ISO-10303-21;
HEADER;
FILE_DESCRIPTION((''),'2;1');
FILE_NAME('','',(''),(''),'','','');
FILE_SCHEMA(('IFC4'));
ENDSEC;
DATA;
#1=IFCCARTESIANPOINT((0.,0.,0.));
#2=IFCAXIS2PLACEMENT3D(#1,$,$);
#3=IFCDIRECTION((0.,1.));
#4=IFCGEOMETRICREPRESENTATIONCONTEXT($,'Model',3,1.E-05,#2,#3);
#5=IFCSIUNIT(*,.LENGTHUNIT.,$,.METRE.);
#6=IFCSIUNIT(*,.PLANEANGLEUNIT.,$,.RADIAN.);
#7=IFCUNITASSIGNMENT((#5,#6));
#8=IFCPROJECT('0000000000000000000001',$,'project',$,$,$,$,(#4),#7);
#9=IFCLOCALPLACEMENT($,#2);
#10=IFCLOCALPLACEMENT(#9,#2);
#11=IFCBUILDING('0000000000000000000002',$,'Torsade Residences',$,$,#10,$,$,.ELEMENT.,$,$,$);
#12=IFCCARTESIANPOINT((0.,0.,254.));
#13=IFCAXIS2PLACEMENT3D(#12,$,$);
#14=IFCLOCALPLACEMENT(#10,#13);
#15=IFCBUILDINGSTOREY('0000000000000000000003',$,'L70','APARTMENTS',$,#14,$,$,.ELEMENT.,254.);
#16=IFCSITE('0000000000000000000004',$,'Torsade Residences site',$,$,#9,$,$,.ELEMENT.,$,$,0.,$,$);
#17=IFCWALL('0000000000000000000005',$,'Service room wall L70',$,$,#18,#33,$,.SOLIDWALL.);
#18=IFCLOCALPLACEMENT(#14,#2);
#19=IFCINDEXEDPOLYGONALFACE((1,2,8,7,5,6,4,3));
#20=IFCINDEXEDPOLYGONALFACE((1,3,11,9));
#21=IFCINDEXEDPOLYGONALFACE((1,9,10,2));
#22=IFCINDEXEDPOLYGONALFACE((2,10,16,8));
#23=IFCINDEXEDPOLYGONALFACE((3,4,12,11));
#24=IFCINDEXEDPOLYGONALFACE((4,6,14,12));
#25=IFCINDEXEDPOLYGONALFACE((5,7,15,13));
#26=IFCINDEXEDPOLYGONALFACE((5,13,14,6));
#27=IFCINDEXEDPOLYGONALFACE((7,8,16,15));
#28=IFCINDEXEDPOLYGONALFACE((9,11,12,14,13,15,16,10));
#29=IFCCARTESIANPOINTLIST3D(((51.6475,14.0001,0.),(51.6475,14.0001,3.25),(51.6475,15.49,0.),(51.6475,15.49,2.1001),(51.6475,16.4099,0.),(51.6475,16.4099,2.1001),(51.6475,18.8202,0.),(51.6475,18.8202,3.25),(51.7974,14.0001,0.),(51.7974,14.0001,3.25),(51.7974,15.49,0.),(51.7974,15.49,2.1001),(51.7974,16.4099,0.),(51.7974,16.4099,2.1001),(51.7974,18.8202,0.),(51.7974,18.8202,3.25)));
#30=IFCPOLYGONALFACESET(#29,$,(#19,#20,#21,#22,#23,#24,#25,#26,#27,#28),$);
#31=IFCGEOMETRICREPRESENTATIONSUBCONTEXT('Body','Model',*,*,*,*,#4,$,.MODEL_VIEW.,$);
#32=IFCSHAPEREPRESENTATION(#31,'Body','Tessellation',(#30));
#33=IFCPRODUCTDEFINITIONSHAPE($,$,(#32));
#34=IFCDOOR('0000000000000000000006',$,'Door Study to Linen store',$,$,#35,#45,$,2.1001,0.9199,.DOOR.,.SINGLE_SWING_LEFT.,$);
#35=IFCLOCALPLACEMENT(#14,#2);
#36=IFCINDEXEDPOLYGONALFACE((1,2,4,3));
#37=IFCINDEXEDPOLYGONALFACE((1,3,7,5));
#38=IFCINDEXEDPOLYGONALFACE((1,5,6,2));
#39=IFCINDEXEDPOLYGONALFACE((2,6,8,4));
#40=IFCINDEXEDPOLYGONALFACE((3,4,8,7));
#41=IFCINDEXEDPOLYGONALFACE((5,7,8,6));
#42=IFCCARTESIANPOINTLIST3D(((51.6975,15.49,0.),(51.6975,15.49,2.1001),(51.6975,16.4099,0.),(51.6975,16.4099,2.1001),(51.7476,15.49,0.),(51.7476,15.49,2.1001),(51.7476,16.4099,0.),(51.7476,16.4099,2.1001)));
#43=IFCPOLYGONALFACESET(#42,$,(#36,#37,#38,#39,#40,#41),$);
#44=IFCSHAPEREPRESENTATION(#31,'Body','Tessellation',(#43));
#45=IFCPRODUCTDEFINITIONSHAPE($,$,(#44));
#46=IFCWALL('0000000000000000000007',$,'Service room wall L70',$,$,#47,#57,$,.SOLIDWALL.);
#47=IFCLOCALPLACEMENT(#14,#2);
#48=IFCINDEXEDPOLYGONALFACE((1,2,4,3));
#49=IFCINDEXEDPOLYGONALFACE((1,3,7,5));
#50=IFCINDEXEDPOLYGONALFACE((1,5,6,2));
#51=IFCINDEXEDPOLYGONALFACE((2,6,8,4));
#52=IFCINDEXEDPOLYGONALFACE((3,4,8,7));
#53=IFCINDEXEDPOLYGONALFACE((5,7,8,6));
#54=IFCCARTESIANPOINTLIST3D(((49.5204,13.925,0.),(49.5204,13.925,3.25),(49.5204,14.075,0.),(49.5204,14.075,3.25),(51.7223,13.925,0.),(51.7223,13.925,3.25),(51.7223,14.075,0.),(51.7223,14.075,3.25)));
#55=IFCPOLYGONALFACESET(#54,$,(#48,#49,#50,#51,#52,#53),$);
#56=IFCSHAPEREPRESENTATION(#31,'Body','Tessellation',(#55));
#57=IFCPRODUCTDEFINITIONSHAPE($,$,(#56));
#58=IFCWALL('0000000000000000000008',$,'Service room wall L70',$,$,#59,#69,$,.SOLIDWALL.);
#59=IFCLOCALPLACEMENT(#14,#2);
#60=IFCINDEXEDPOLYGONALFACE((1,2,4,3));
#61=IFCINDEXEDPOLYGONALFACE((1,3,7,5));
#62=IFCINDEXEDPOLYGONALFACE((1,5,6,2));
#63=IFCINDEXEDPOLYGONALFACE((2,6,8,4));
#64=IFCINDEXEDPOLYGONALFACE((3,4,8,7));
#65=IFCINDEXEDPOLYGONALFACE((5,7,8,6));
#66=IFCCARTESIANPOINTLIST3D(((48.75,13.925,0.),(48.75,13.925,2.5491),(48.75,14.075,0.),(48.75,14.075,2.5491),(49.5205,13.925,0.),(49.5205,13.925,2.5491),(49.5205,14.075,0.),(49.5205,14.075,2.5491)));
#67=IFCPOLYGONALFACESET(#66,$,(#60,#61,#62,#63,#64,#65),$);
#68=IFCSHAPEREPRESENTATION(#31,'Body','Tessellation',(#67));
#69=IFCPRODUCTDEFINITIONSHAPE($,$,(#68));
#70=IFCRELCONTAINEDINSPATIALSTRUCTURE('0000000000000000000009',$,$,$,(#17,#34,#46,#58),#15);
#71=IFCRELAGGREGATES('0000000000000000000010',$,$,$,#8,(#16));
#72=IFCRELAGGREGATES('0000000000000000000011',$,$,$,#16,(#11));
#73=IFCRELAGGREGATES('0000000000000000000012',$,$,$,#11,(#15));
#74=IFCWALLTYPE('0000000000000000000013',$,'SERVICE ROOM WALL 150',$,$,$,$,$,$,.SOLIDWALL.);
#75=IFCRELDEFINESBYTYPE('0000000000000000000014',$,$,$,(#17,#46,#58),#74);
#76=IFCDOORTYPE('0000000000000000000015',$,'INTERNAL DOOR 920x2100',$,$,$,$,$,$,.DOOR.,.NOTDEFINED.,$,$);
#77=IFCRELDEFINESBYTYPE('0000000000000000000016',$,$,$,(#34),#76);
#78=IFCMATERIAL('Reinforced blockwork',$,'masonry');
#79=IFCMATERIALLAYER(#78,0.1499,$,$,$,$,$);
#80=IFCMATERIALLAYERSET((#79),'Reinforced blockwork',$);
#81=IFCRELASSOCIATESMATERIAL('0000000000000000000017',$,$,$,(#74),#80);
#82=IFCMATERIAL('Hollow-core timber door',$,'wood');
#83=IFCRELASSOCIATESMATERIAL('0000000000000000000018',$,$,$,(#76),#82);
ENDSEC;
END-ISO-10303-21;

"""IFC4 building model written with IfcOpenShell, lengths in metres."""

from ifc_helpers import new_model, si_unit, direction, frame, frame_2d, origin, place, context, subcontext, project, spatial, rectangle, extrude, material, layer, layer_set, type_object, element, fill, save


model = new_model("IFC4")

# Units and contexts
model_context = context("Model", 3, precision=1e-05, world=origin(), true_north=direction((0.0, 1.0)))
body_context = subcontext(model_context, "Body", "Model", "MODEL_VIEW")
ifc_project = project(units=[si_unit("LENGTHUNIT", "METRE"), si_unit("PLANEANGLEUNIT", "RADIAN")], contexts=[model_context])

# Site, building, storey
site_placement = place(None, origin())
site = spatial("IfcSite", under=ifc_project, at=site_placement, Name="Torsade Residences site", CompositionType="ELEMENT", RefElevation=0.0)
building_placement = place(site_placement, origin())
building = spatial("IfcBuilding", under=site, at=building_placement, Name="Torsade Residences", CompositionType="ELEMENT")
storey_placement = place(building_placement, frame((0.0, 0.0, 254.0)))
storey = spatial("IfcBuildingStorey", under=building, at=storey_placement, Name="L70", Description="APARTMENTS", CompositionType="ELEMENT", Elevation=254.0)

# Wall, opening, door
ifc_material_1 = material(Name="Reinforced blockwork", Category="masonry")
ifc_layer_1 = layer(ifc_material_1, 0.1499)
ifc_layer_set_1 = layer_set([ifc_layer_1], Name="Reinforced blockwork")
wall_type_1 = type_object("IfcWallType", Name="SERVICE ROOM WALL 150", PredefinedType="SOLIDWALL", material=ifc_layer_set_1)
wall_1_placement = place(storey_placement, frame((51.7224, 14.0, 0.0), z_axis=(0.0, 0.0, 1.0), x_axis=(0.0, 1.0, 0.0)))
wall_1 = element("IfcWall", 1, at=wall_1_placement, inside=storey, type_object=wall_type_1, Name="Service room wall L70", PredefinedType="SOLIDWALL", context=body_context, shape_type="SweptSolid", body=[
    extrude(rectangle(XDim=4.8201, YDim=0.1499, at=frame_2d((2.4102, 0.0))), origin(), (0.0, 0.0, 1.0), 3.25),
])
opening_1_placement = place(wall_1_placement, frame((1.49, 0.0, 0.0)))
opening_1 = element("IfcOpeningElement", 2, at=opening_1_placement, cuts=wall_1, PredefinedType="OPENING", context=body_context, shape_type="SweptSolid", body=[
    extrude(rectangle(XDim=0.9199, YDim=2.1001, at=frame_2d((0.46, 1.05))), frame((0.0, 0.085, 0.0), z_axis=(0.0, -1.0, 0.0), x_axis=(1.0, 0.0, 0.0)), (0.0, 0.0, 1.0), 0.1699),
])
ifc_material_2 = material(Name="Hollow-core timber door", Category="wood")
door_type_1 = type_object("IfcDoorType", Name="INTERNAL DOOR 920x2100", OperationType="NOTDEFINED", PredefinedType="DOOR", material=ifc_material_2)
door_1_placement = place(opening_1_placement, origin())
door_1 = element("IfcDoor", 3, at=door_1_placement, inside=storey, type_object=door_type_1, Name="Door Study to Linen store", OperationType="SINGLE_SWING_LEFT", OverallHeight=2.1001, OverallWidth=0.9199, PredefinedType="DOOR", context=body_context, shape_type="SweptSolid", body=[
    extrude(rectangle(XDim=0.9199, YDim=2.1001, at=frame_2d((0.46, 1.05))), frame((0.0, 0.0249, 0.0), z_axis=(0.0, -1.0, 0.0), x_axis=(1.0, 0.0, 0.0)), (0.0, 0.0, 1.0), 0.05),
])
fill(opening_1, door_1)

# Walls
wall_2_placement = place(storey_placement, frame((51.7224, 14.0, 0.0), z_axis=(0.0, 0.0, 1.0), x_axis=(-1.0, 0.0, 0.0)))
element("IfcWall", 4, at=wall_2_placement, inside=storey, type_object=wall_type_1, Name="Service room wall L70", PredefinedType="SOLIDWALL", context=body_context, shape_type="SweptSolid", body=[
    extrude(rectangle(XDim=2.2019, YDim=0.1499, at=frame_2d((1.1011, 0.0))), origin(), (0.0, 0.0, 1.0), 3.25),
])
wall_3_placement = place(storey_placement, frame((49.5205, 14.0, 0.0), z_axis=(0.0, 0.0, 1.0), x_axis=(-1.0, 0.0, 0.0)))
element("IfcWall", 5, at=wall_3_placement, inside=storey, type_object=wall_type_1, Name="Service room wall L70", PredefinedType="SOLIDWALL", context=body_context, shape_type="SweptSolid", body=[
    extrude(rectangle(XDim=0.7705, YDim=0.1499, at=frame_2d((0.3853, 0.0))), origin(), (0.0, 0.0, 1.0), 2.5491),
])

save(model, "model.ifc")
